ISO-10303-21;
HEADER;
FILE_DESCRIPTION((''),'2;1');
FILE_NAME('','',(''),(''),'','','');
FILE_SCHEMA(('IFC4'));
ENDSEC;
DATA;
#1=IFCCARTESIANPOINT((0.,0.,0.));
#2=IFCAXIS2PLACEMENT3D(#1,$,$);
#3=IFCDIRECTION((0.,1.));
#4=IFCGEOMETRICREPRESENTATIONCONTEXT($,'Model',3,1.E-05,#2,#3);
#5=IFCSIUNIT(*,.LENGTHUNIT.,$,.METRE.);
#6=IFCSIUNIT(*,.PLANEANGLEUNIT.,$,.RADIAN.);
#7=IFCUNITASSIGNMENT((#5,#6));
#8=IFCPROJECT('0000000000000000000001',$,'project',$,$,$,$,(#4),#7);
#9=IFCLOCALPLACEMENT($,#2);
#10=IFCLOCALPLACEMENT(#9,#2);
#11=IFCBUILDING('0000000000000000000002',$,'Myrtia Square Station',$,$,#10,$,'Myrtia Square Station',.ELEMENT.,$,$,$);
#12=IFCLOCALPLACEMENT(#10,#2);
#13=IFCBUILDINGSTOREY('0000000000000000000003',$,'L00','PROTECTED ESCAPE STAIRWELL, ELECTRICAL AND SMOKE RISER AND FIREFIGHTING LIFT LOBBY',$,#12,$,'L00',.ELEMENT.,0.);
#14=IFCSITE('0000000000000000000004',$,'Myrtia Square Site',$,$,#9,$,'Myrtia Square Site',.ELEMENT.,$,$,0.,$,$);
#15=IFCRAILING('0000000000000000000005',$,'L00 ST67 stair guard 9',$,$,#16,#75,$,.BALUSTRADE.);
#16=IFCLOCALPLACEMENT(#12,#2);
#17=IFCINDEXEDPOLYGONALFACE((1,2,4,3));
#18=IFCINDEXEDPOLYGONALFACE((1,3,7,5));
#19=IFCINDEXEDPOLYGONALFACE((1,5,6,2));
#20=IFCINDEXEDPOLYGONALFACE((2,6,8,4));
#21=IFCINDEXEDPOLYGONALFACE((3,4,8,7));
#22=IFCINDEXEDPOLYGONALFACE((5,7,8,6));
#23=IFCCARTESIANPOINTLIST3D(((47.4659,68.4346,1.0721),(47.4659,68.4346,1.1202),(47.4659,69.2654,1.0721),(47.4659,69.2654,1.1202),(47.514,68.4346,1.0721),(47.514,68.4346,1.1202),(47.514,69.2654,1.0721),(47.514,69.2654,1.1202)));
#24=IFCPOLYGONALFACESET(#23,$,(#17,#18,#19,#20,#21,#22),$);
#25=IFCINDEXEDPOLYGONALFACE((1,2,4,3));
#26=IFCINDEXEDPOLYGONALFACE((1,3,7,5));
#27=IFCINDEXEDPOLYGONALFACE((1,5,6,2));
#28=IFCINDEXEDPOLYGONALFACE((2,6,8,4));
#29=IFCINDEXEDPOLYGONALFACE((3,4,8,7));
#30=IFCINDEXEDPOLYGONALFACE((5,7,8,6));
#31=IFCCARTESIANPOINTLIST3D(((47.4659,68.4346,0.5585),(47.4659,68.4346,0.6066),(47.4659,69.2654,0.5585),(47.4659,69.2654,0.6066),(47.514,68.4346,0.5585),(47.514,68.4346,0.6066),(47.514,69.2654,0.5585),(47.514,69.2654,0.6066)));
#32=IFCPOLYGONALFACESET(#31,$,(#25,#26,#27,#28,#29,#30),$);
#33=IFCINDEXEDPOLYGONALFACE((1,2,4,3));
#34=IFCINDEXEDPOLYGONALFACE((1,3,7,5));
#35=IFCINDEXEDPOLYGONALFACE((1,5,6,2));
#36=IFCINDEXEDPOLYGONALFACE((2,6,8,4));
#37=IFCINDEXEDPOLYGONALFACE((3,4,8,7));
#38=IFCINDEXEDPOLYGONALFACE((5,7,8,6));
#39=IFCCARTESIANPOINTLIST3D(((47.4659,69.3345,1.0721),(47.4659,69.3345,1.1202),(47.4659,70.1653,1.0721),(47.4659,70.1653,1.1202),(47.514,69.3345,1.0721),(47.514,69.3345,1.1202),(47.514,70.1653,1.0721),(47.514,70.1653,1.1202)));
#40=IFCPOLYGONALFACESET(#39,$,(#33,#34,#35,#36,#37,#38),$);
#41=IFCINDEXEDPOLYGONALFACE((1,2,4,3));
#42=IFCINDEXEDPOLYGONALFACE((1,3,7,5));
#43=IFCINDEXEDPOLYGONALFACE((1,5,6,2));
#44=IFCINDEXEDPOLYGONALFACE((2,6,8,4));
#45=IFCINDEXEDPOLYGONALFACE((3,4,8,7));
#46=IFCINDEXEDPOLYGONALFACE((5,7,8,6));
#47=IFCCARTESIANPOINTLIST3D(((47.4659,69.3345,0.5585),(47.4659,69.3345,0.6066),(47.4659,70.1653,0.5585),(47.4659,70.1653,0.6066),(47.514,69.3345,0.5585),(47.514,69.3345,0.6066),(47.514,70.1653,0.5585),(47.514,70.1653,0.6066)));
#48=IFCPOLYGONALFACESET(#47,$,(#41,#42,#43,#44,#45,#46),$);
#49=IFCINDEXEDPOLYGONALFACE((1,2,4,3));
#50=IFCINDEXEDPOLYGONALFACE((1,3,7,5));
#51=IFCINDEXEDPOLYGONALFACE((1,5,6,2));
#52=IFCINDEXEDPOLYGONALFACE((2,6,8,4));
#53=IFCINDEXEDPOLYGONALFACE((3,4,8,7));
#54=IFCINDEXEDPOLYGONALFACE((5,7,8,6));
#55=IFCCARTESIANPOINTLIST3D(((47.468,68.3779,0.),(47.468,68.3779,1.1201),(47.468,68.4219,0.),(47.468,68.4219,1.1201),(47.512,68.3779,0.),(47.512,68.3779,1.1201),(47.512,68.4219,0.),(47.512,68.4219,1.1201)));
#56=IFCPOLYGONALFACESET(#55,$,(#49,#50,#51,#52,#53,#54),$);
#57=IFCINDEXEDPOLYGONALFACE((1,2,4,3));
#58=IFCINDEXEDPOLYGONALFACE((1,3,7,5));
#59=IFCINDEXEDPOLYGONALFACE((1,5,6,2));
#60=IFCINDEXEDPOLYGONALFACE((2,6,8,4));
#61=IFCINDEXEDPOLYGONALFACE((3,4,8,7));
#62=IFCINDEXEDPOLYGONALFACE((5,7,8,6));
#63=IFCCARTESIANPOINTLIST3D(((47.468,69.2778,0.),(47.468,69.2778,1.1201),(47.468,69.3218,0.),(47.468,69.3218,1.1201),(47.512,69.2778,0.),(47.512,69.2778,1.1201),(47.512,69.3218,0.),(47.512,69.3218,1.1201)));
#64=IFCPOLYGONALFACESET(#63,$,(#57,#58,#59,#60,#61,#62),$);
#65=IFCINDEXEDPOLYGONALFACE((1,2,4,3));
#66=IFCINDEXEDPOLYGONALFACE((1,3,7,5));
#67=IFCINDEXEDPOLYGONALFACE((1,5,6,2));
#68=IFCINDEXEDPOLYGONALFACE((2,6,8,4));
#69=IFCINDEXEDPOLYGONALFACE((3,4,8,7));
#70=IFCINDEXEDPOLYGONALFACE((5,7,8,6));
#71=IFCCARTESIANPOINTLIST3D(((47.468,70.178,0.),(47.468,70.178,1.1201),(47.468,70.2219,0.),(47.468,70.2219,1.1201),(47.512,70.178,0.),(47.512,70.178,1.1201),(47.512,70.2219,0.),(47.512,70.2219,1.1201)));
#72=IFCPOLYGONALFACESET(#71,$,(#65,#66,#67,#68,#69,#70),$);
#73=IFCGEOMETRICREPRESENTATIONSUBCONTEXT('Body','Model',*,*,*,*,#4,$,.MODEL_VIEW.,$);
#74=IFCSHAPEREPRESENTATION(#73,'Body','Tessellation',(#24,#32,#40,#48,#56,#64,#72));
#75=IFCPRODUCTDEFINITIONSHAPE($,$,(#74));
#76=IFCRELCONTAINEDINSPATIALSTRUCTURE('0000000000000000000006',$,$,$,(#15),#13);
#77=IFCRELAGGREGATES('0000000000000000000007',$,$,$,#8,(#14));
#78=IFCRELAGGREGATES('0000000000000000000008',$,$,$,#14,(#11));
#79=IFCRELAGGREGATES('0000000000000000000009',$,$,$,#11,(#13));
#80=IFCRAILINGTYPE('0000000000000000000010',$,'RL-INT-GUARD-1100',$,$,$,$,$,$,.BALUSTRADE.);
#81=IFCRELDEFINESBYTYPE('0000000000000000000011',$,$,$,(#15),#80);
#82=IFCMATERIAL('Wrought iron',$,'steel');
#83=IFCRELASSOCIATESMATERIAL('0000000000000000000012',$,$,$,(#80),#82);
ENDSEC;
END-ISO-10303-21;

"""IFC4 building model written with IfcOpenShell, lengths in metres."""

from ifc_helpers import new_model, si_unit, direction, frame, origin, origin_2d, place, context, subcontext, project, spatial, rectangle, extrude, material, type_object, element, save


model = new_model("IFC4")

# Units and contexts
model_context = context("Model", 3, precision=1e-05, world=origin(), true_north=direction((0.0, 1.0)))
body_context = subcontext(model_context, "Body", "Model", "MODEL_VIEW")
ifc_project = project(units=[si_unit("LENGTHUNIT", "METRE"), si_unit("PLANEANGLEUNIT", "RADIAN")], contexts=[model_context])

# Site, building, storey
site_placement = place(None, origin())
site = spatial("IfcSite", under=ifc_project, at=site_placement, Name="Myrtia Square Site", LongName="Myrtia Square Site", CompositionType="ELEMENT", RefElevation=0.0)
building_placement = place(site_placement, origin())
building = spatial("IfcBuilding", under=site, at=building_placement, Name="Myrtia Square Station", LongName="Myrtia Square Station", CompositionType="ELEMENT")
storey_placement = place(building_placement, origin())
storey = spatial("IfcBuildingStorey", under=building, at=storey_placement, Name="L00", Description="PROTECTED ESCAPE STAIRWELL, ELECTRICAL AND SMOKE RISER AND FIREFIGHTING LIFT LOBBY", LongName="L00", CompositionType="ELEMENT", Elevation=0.0)

# Railing
ifc_material_1 = material(Name="Wrought iron", Category="steel")
railing_type_1 = type_object("IfcRailingType", Name="RL-INT-GUARD-1100", PredefinedType="BALUSTRADE", material=ifc_material_1)
railing_1_placement = place(storey_placement, frame((47.49, 68.3999, 0.0)))
element("IfcRailing", 1, at=railing_1_placement, inside=storey, type_object=railing_type_1, Name="L00 ST67 stair guard 9", PredefinedType="BALUSTRADE", context=body_context, shape_type="SweptSolid", body=[
    extrude(rectangle(XDim=0.0481, YDim=0.0481, at=origin_2d()), frame((0.0, 0.0347, 1.0962), z_axis=(0.0, 1.0, 0.0), x_axis=(-1.0, 0.0, 0.0)), (0.0, 0.0, 1.0), 0.8308),
    extrude(rectangle(XDim=0.0481, YDim=0.0481, at=origin_2d()), frame((0.0, 0.0347, 0.5825), z_axis=(0.0, 1.0, 0.0), x_axis=(-1.0, 0.0, 0.0)), (0.0, 0.0, 1.0), 0.8308),
    extrude(rectangle(XDim=0.0481, YDim=0.0481, at=origin_2d()), frame((0.0, 0.9346, 1.0962), z_axis=(0.0, 1.0, 0.0), x_axis=(-1.0, 0.0, 0.0)), (0.0, 0.0, 1.0), 0.8308),
    extrude(rectangle(XDim=0.0481, YDim=0.0481, at=origin_2d()), frame((0.0, 0.9346, 0.5825), z_axis=(0.0, 1.0, 0.0), x_axis=(-1.0, 0.0, 0.0)), (0.0, 0.0, 1.0), 0.8308),
    extrude(rectangle(XDim=0.0439, YDim=0.0439, at=origin_2d()), origin(), (0.0, 0.0, 1.0), 1.1201),
    extrude(rectangle(XDim=0.0439, YDim=0.0439, at=origin_2d()), frame((0.0, 0.8999, 0.0)), (0.0, 0.0, 1.0), 1.1201),
    extrude(rectangle(XDim=0.0439, YDim=0.0439, at=origin_2d()), frame((0.0, 1.8, 0.0)), (0.0, 0.0, 1.0), 1.1201),
])

save(model, "model.ifc")
